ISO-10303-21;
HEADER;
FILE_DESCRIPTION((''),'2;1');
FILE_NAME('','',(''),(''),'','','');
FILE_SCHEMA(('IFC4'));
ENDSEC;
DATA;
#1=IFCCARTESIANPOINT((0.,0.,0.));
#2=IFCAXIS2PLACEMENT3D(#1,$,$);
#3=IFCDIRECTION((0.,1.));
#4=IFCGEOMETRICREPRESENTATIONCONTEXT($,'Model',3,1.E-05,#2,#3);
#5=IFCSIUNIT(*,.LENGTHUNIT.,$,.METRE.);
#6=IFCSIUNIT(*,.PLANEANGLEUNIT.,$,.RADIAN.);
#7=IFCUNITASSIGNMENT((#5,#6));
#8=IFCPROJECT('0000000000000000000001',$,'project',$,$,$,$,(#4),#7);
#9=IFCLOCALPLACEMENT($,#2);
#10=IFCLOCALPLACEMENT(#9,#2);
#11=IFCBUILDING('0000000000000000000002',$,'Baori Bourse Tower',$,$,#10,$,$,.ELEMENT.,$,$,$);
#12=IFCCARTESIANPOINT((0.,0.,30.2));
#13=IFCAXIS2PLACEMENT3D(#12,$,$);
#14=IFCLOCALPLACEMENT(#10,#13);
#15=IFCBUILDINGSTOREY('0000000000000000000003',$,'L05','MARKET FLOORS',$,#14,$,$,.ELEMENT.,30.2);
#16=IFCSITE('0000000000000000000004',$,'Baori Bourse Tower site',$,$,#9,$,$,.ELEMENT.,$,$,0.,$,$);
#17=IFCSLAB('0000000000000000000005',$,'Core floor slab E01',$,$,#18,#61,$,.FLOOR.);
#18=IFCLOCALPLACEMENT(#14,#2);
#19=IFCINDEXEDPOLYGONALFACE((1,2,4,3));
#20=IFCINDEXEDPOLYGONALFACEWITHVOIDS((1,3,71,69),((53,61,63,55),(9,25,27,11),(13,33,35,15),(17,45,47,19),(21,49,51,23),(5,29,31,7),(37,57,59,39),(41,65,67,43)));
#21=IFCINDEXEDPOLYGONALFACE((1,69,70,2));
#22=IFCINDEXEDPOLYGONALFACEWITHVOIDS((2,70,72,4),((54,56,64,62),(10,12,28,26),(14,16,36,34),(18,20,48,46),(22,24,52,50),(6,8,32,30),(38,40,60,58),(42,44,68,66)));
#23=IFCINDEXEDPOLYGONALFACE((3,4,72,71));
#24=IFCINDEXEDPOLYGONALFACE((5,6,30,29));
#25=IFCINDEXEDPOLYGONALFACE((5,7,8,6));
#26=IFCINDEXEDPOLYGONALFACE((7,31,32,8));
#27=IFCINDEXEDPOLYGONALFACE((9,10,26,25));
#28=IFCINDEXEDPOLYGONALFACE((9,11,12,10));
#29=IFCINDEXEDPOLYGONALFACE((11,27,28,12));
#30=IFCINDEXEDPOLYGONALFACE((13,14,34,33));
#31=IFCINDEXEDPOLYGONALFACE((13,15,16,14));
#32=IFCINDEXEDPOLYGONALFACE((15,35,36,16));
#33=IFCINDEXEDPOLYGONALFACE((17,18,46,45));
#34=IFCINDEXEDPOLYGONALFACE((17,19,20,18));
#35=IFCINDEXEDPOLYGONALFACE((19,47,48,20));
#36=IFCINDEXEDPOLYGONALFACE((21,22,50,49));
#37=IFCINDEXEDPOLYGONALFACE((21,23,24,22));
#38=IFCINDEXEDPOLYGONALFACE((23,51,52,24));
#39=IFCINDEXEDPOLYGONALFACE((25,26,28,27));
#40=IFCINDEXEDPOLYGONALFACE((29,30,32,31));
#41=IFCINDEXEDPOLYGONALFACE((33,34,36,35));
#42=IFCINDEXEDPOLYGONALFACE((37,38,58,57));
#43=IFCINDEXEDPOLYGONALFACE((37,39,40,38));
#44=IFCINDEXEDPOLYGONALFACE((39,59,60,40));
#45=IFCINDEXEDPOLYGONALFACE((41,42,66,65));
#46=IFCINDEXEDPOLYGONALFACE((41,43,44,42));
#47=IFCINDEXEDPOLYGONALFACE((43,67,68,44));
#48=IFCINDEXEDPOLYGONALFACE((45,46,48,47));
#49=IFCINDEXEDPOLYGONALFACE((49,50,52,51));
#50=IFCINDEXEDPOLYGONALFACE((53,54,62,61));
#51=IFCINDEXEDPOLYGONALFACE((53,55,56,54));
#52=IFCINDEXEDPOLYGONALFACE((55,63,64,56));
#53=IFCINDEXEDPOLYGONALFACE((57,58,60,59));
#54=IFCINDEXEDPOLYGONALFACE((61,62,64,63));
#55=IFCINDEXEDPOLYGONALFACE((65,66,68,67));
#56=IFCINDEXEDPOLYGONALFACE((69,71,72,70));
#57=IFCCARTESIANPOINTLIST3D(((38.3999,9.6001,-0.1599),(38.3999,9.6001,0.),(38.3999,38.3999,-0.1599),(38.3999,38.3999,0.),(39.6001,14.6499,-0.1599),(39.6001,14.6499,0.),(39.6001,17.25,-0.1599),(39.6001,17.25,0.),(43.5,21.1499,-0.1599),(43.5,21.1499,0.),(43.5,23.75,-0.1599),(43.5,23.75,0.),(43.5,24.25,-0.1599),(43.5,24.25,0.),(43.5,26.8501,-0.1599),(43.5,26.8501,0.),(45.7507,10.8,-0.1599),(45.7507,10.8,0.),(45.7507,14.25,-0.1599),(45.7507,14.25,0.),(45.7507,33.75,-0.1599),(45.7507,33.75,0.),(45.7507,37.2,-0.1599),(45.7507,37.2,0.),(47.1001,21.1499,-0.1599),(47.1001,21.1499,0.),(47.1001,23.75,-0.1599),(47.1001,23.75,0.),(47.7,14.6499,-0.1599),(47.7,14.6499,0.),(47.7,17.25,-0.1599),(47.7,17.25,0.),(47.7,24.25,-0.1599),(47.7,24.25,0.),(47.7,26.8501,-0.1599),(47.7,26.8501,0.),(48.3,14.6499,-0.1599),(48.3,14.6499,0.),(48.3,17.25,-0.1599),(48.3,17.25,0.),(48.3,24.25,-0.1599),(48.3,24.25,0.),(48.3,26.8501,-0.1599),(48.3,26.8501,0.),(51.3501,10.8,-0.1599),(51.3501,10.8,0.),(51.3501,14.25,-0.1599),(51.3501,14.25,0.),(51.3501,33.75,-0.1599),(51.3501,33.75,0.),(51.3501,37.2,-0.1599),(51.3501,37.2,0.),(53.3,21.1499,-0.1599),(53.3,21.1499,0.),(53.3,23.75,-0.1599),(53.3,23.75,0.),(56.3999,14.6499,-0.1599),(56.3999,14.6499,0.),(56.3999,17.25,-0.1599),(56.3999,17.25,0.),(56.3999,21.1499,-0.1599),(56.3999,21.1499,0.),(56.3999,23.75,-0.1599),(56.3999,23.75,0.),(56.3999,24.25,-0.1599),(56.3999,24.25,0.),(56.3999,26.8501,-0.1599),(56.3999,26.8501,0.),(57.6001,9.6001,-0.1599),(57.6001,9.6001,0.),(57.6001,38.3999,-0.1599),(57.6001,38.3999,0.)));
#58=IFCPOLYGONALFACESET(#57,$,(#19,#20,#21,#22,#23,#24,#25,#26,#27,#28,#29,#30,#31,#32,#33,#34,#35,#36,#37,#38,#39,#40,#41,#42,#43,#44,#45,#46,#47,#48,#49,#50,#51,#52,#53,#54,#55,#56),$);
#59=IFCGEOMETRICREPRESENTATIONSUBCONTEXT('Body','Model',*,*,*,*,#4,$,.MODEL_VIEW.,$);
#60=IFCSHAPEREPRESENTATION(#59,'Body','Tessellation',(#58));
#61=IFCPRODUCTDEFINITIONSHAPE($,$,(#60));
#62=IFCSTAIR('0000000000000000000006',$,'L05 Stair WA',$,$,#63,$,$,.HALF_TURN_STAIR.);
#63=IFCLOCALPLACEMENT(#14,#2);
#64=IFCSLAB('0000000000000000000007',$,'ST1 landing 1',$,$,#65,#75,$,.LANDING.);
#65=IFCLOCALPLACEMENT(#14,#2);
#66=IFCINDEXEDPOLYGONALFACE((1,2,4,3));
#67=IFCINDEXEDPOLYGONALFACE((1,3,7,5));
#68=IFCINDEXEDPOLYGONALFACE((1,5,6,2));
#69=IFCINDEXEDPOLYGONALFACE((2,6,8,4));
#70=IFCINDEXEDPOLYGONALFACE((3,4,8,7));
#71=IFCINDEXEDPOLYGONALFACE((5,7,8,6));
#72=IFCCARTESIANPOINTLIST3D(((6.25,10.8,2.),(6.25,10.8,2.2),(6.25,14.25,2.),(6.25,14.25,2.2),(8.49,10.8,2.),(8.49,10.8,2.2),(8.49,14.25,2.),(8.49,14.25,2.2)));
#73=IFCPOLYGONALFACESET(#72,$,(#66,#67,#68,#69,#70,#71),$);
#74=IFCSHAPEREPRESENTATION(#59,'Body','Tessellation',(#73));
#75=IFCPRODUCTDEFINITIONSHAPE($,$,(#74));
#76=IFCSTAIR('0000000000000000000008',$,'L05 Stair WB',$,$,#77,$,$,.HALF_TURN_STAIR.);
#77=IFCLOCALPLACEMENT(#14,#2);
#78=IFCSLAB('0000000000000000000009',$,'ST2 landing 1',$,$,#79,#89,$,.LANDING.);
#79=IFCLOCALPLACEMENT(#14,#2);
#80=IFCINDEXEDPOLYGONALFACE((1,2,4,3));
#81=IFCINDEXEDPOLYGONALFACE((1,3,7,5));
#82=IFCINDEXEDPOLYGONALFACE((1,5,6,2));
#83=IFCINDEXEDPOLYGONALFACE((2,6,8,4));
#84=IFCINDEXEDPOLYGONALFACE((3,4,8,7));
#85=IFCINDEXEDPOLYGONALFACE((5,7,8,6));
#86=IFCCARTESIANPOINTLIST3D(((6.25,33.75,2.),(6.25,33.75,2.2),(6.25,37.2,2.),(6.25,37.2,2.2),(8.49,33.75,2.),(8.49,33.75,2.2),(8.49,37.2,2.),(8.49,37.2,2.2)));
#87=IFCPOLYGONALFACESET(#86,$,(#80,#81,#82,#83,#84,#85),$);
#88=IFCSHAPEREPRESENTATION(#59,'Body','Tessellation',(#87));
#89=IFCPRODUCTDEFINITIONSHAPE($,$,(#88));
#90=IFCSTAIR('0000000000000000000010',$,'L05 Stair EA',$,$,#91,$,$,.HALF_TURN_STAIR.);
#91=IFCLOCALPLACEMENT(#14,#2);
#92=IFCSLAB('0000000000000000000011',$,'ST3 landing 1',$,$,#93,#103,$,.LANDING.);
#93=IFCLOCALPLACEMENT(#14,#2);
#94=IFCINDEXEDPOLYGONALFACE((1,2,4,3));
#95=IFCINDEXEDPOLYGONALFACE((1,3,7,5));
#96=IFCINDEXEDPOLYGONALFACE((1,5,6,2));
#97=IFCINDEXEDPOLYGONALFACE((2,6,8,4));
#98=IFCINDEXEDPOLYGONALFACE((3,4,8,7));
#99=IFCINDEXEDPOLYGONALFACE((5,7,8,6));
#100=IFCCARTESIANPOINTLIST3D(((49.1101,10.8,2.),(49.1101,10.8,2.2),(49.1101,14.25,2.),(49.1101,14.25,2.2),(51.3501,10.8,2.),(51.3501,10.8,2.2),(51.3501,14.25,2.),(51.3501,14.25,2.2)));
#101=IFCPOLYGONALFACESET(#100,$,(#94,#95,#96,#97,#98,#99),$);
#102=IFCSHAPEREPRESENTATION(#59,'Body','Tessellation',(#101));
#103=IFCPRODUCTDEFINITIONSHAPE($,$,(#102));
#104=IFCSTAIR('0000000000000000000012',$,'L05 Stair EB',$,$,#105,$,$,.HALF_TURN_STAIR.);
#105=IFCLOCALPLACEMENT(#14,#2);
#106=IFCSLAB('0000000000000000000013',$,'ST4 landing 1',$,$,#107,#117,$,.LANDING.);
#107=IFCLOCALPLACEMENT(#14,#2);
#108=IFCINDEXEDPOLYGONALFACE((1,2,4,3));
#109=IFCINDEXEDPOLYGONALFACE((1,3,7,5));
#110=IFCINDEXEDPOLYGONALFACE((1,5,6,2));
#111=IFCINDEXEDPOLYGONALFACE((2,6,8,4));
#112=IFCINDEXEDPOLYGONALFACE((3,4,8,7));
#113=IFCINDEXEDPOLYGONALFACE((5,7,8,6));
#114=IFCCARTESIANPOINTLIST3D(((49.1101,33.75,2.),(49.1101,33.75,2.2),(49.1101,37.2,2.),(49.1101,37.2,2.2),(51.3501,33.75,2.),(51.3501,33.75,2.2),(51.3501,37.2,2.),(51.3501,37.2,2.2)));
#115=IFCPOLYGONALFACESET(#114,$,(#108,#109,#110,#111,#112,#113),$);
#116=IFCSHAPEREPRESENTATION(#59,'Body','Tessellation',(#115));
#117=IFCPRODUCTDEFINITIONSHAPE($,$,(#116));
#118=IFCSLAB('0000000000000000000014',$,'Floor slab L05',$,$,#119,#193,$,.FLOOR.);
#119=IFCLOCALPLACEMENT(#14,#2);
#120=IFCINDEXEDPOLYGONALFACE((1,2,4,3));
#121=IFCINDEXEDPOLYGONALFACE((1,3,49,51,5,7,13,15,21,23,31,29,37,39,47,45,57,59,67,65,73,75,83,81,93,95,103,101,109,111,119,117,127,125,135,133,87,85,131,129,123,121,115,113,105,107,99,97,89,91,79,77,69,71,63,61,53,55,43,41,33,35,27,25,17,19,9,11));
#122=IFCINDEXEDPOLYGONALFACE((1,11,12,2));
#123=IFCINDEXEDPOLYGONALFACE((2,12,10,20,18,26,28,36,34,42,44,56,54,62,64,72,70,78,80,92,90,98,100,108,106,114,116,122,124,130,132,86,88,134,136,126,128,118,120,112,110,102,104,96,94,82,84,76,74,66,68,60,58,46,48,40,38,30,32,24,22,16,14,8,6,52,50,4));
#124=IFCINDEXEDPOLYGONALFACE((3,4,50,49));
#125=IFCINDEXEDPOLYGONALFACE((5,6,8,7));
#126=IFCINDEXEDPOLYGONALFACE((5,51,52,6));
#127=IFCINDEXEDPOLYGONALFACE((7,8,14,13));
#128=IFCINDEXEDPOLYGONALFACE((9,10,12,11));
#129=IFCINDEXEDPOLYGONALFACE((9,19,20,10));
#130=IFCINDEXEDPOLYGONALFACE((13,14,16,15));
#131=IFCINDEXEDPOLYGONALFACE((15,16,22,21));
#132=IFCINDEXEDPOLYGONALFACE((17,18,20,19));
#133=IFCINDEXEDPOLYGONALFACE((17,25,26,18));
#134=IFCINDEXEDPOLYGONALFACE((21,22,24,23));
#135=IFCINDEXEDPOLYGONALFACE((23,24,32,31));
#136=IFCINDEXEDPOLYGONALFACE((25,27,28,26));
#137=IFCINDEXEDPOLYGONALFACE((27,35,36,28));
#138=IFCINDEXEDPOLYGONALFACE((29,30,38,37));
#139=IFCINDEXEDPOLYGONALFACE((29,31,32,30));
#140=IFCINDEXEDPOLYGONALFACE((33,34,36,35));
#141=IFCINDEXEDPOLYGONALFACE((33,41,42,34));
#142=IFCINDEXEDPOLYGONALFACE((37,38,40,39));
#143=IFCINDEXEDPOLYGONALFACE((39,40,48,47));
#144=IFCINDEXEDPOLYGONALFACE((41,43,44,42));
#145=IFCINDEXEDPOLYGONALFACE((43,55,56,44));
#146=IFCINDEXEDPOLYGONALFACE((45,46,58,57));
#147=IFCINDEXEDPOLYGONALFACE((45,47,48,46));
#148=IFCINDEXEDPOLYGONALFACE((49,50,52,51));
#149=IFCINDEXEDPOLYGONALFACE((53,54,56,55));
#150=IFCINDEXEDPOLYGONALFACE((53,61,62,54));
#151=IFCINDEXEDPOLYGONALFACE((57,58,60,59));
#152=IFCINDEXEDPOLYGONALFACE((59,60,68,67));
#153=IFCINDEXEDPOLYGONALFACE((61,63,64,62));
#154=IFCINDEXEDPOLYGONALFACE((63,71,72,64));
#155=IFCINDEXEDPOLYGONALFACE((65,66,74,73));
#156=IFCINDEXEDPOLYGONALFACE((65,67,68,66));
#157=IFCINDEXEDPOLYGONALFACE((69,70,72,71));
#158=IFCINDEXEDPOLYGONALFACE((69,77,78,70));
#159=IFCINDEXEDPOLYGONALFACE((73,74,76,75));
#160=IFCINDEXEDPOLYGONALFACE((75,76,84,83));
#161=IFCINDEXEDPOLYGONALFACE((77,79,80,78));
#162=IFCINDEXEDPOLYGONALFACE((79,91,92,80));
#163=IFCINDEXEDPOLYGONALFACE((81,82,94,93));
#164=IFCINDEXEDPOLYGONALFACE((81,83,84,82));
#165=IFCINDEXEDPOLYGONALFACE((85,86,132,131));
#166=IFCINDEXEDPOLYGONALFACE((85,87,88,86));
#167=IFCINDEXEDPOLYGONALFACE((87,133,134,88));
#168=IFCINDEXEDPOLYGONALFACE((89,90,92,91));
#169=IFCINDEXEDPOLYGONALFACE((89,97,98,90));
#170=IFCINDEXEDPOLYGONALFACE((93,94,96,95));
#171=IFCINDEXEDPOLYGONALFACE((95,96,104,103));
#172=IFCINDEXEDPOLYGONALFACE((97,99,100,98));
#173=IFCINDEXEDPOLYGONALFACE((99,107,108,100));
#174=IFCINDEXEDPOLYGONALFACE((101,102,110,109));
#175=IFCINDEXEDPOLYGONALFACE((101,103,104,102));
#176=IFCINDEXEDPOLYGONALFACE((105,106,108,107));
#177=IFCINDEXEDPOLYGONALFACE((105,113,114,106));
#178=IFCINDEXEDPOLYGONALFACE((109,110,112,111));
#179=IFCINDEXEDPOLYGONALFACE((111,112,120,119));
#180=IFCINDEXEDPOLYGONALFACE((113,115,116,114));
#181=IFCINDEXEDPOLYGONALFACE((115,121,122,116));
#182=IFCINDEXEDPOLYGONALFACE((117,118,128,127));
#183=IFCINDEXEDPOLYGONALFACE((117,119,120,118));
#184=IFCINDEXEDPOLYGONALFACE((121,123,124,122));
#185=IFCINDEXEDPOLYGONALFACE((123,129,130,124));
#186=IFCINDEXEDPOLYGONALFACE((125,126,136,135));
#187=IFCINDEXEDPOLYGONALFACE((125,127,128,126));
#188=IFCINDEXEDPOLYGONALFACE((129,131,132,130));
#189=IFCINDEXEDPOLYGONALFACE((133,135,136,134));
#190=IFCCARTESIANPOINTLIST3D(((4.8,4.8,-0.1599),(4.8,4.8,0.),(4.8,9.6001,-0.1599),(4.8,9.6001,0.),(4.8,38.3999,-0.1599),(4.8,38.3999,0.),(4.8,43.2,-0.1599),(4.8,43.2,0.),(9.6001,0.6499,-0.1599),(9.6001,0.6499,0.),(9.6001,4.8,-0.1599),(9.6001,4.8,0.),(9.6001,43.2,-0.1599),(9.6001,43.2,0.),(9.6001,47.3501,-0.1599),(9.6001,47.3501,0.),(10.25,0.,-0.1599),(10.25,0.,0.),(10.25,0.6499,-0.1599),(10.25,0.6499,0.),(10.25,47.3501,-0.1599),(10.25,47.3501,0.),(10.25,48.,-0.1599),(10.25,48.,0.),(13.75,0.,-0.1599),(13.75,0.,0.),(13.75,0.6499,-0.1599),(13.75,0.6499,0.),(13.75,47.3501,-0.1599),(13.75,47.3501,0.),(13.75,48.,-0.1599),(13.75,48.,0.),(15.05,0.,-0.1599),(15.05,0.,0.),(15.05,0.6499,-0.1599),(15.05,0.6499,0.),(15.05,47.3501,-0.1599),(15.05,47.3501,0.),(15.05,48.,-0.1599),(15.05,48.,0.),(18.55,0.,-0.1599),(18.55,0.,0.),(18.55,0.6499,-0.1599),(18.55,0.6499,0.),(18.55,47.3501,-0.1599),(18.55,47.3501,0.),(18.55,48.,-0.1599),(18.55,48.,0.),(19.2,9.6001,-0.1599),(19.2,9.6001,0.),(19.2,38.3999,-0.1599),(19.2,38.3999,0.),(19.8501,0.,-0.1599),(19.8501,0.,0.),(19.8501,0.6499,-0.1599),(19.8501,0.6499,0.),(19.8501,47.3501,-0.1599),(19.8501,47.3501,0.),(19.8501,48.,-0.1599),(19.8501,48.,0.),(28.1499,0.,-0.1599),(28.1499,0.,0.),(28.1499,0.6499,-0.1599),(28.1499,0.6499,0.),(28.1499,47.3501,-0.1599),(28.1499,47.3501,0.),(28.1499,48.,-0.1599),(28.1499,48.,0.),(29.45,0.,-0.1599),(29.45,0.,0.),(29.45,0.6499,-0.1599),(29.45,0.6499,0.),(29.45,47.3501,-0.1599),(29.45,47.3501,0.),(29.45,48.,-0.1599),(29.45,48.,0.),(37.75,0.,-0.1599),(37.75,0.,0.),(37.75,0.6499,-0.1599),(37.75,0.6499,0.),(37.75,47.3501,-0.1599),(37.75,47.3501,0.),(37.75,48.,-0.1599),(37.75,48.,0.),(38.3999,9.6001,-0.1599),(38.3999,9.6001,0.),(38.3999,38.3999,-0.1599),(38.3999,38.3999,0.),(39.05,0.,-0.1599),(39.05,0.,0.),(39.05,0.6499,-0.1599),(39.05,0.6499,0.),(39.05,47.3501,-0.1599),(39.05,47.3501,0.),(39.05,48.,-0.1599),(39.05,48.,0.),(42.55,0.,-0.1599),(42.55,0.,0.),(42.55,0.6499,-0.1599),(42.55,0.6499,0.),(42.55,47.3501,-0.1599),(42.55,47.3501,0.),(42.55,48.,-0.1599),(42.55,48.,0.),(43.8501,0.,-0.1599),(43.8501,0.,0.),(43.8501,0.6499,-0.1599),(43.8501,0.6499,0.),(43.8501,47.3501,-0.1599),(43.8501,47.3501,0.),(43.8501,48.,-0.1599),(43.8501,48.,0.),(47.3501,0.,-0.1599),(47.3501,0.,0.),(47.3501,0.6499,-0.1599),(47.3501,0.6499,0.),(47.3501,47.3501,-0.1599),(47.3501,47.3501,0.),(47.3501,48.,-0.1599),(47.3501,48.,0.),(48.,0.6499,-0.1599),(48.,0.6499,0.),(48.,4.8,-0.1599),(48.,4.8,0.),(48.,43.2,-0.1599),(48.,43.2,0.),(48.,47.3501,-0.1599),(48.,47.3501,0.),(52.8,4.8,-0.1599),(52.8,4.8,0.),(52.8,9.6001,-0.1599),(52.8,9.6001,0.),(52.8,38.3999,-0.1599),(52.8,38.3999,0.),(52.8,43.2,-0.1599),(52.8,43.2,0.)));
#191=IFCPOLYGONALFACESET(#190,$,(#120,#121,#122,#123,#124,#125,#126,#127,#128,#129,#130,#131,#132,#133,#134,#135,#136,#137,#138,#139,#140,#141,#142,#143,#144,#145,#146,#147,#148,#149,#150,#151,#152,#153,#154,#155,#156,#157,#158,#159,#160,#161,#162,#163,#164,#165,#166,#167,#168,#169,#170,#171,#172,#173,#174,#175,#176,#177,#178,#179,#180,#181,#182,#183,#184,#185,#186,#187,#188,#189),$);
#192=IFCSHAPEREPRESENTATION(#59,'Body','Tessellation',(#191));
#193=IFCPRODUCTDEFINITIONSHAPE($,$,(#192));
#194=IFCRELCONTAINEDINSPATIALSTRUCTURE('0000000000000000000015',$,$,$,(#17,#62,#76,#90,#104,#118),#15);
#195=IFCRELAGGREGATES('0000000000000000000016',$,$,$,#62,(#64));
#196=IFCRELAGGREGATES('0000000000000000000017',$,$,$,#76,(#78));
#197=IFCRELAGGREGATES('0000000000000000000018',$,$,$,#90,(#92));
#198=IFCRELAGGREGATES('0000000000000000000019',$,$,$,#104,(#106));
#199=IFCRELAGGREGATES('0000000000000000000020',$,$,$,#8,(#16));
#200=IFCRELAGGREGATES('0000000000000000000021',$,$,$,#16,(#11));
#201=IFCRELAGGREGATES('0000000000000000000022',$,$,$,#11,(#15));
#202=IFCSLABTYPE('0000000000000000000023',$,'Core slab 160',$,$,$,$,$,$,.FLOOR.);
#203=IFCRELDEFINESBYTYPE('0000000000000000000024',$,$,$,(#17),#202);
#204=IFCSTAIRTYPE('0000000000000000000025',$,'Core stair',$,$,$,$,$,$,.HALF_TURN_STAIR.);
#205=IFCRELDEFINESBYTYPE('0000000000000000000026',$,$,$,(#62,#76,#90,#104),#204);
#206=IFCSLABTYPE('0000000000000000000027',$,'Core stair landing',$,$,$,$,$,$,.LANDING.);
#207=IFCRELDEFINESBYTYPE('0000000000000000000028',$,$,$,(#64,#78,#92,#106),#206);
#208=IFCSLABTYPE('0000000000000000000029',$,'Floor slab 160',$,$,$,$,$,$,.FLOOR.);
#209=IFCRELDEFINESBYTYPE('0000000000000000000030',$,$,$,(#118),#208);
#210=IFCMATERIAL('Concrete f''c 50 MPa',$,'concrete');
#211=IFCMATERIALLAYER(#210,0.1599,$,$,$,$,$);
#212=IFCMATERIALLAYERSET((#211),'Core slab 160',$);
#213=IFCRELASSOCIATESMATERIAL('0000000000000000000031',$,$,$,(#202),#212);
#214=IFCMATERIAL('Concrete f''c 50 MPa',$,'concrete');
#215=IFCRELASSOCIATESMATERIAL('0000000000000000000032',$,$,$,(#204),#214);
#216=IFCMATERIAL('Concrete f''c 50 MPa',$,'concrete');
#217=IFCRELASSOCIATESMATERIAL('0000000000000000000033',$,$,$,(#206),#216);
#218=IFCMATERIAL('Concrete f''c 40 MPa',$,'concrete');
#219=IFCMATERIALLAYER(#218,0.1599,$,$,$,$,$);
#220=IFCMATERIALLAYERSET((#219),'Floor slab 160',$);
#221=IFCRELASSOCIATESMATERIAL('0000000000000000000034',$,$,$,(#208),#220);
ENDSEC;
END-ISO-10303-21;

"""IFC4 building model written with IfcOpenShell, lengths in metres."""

from ifc_helpers import new_model, si_unit, direction, frame, origin, place, context, subcontext, project, spatial, polyline, outline, extrude, material, layer, layer_set, type_object, element, aggregate, save


model = new_model("IFC4")

# Units and contexts
model_context = context("Model", 3, precision=1e-05, world=origin(), true_north=direction((0.0, 1.0)))
body_context = subcontext(model_context, "Body", "Model", "MODEL_VIEW")
ifc_project = project(units=[si_unit("LENGTHUNIT", "METRE"), si_unit("PLANEANGLEUNIT", "RADIAN")], contexts=[model_context])

# Site, building, storey
site_placement = place(None, origin())
site = spatial("IfcSite", under=ifc_project, at=site_placement, Name="Baori Bourse Tower site", CompositionType="ELEMENT", RefElevation=0.0)
building_placement = place(site_placement, origin())
building = spatial("IfcBuilding", under=site, at=building_placement, Name="Baori Bourse Tower", CompositionType="ELEMENT")
storey_placement = place(building_placement, frame((0.0, 0.0, 30.2)))
storey = spatial("IfcBuildingStorey", under=building, at=storey_placement, Name="L05", Description="MARKET FLOORS", CompositionType="ELEMENT", Elevation=30.2)

# Slab
ifc_material_1 = material(Name="Concrete f'c 50 MPa", Category="concrete")
ifc_layer_1 = layer(ifc_material_1, 0.1599)
ifc_layer_set_1 = layer_set([ifc_layer_1], Name="Core slab 160")
slab_type_1 = type_object("IfcSlabType", Name="Core slab 160", PredefinedType="FLOOR", material=ifc_layer_set_1)
slab_1_placement = place(storey_placement, frame((0.0, 0.0, -0.1599)))
element("IfcSlab", 1, at=slab_1_placement, inside=storey, type_object=slab_type_1, Name="Core floor slab E01", PredefinedType="FLOOR", context=body_context, shape_type="SweptSolid", body=[
    extrude(outline(polyline([(38.3999, 9.6001), (57.6001, 9.6001), (57.6001, 38.3999), (38.3999, 38.3999), (38.3999, 9.6001)]), holes=[polyline([(48.3, 14.6499), (48.3, 17.25), (56.3999, 17.25), (56.3999, 14.6499), (48.3, 14.6499)]), polyline([(56.3999, 21.1499), (53.3, 21.1499), (53.3, 23.75), (56.3999, 23.75), (56.3999, 21.1499)]), polyline([(56.3999, 26.8501), (56.3999, 24.25), (48.3, 24.25), (48.3, 26.8501), (56.3999, 26.8501)]), polyline([(45.7507, 14.25), (51.3501, 14.25), (51.3501, 10.8), (45.7507, 10.8), (45.7507, 14.25)]), polyline([(51.3501, 37.2), (51.3501, 33.75), (45.7507, 33.75), (45.7507, 37.2), (51.3501, 37.2)]), polyline([(39.6001, 17.25), (47.7, 17.25), (47.7, 14.6499), (39.6001, 14.6499), (39.6001, 17.25)]), polyline([(43.5, 24.25), (43.5, 26.8501), (47.7, 26.8501), (47.7, 24.25), (43.5, 24.25)]), polyline([(43.5, 23.75), (47.1001, 23.75), (47.1001, 21.1499), (43.5, 21.1499), (43.5, 23.75)])]), origin(), (0.0, 0.0, 1.0), 0.1599),
])

# Stairs, slabs
ifc_material_2 = material(Name="Concrete f'c 50 MPa", Category="concrete")
stair_type = type_object("IfcStairType", Name="Core stair", PredefinedType="HALF_TURN_STAIR", material=ifc_material_2)
stair_1_placement = place(storey_placement, origin())
stair_1 = element("IfcStair", 2, at=stair_1_placement, inside=storey, type_object=stair_type, Name="L05 Stair WA", PredefinedType="HALF_TURN_STAIR")
ifc_material_3 = material(Name="Concrete f'c 50 MPa", Category="concrete")
slab_type_2 = type_object("IfcSlabType", Name="Core stair landing", PredefinedType="LANDING", material=ifc_material_3)
slab_2_placement = place(storey_placement, frame((0.0, 0.0, 2.0)))
slab_2 = element("IfcSlab", 3, at=slab_2_placement, type_object=slab_type_2, Name="ST1 landing 1", PredefinedType="LANDING", context=body_context, shape_type="SweptSolid", body=[
    extrude(outline(polyline([(8.49, 14.25), (6.25, 14.25), (6.25, 10.8), (8.49, 10.8), (8.49, 14.25)])), origin(), (0.0, 0.0, 1.0), 0.2),
])
aggregate(stair_1, [slab_2])
stair_2_placement = place(storey_placement, origin())
stair_2 = element("IfcStair", 4, at=stair_2_placement, inside=storey, type_object=stair_type, Name="L05 Stair WB", PredefinedType="HALF_TURN_STAIR")
slab_3_placement = place(storey_placement, frame((0.0, 0.0, 2.0)))
slab_3 = element("IfcSlab", 5, at=slab_3_placement, type_object=slab_type_2, Name="ST2 landing 1", PredefinedType="LANDING", context=body_context, shape_type="SweptSolid", body=[
    extrude(outline(polyline([(8.49, 37.2), (6.25, 37.2), (6.25, 33.75), (8.49, 33.75), (8.49, 37.2)])), origin(), (0.0, 0.0, 1.0), 0.2),
])
aggregate(stair_2, [slab_3])
stair_3_placement = place(storey_placement, origin())
stair_3 = element("IfcStair", 6, at=stair_3_placement, inside=storey, type_object=stair_type, Name="L05 Stair EA", PredefinedType="HALF_TURN_STAIR")
slab_4_placement = place(storey_placement, frame((0.0, 0.0, 2.0)))
slab_4 = element("IfcSlab", 7, at=slab_4_placement, type_object=slab_type_2, Name="ST3 landing 1", PredefinedType="LANDING", context=body_context, shape_type="SweptSolid", body=[
    extrude(outline(polyline([(49.1101, 10.8), (51.3501, 10.8), (51.3501, 14.25), (49.1101, 14.25), (49.1101, 10.8)])), origin(), (0.0, 0.0, 1.0), 0.2),
])
aggregate(stair_3, [slab_4])
stair_4_placement = place(storey_placement, origin())
stair_4 = element("IfcStair", 8, at=stair_4_placement, inside=storey, type_object=stair_type, Name="L05 Stair EB", PredefinedType="HALF_TURN_STAIR")
slab_5_placement = place(storey_placement, frame((0.0, 0.0, 2.0)))
slab_5 = element("IfcSlab", 9, at=slab_5_placement, type_object=slab_type_2, Name="ST4 landing 1", PredefinedType="LANDING", context=body_context, shape_type="SweptSolid", body=[
    extrude(outline(polyline([(49.1101, 33.75), (51.3501, 33.75), (51.3501, 37.2), (49.1101, 37.2), (49.1101, 33.75)])), origin(), (0.0, 0.0, 1.0), 0.2),
])
aggregate(stair_4, [slab_5])

# Slab
ifc_material_4 = material(Name="Concrete f'c 40 MPa", Category="concrete")
ifc_layer_2 = layer(ifc_material_4, 0.1599)
ifc_layer_set_2 = layer_set([ifc_layer_2], Name="Floor slab 160")
slab_type_3 = type_object("IfcSlabType", Name="Floor slab 160", PredefinedType="FLOOR", material=ifc_layer_set_2)
slab_6_placement = place(storey_placement, frame((0.0, 0.0, -0.1599)))
element("IfcSlab", 10, at=slab_6_placement, inside=storey, type_object=slab_type_3, Name="Floor slab L05", PredefinedType="FLOOR", context=body_context, shape_type="SweptSolid", body=[
    extrude(outline(polyline([(9.6001, 4.8), (4.8, 4.8), (4.8, 9.6001), (19.2, 9.6001), (19.2, 38.3999), (4.8, 38.3999), (4.8, 43.2), (9.6001, 43.2), (9.6001, 47.3501), (10.25, 47.3501), (10.25, 48.0), (13.75, 48.0), (13.75, 47.3501), (15.05, 47.3501), (15.05, 48.0), (18.55, 48.0), (18.55, 47.3501), (19.8501, 47.3501), (19.8501, 48.0), (28.1499, 48.0), (28.1499, 47.3501), (29.45, 47.3501), (29.45, 48.0), (37.75, 48.0), (37.75, 47.3501), (39.05, 47.3501), (39.05, 48.0), (42.55, 48.0), (42.55, 47.3501), (43.8501, 47.3501), (43.8501, 48.0), (47.3501, 48.0), (47.3501, 47.3501), (48.0, 47.3501), (48.0, 43.2), (52.8, 43.2), (52.8, 38.3999), (38.3999, 38.3999), (38.3999, 9.6001), (52.8, 9.6001), (52.8, 4.8), (48.0, 4.8), (48.0, 0.6499), (47.3501, 0.6499), (47.3501, 0.0), (43.8501, 0.0), (43.8501, 0.6499), (42.55, 0.6499), (42.55, 0.0), (39.05, 0.0), (39.05, 0.6499), (37.75, 0.6499), (37.75, 0.0), (29.45, 0.0), (29.45, 0.6499), (28.1499, 0.6499), (28.1499, 0.0), (19.8501, 0.0), (19.8501, 0.6499), (18.55, 0.6499), (18.55, 0.0), (15.05, 0.0), (15.05, 0.6499), (13.75, 0.6499), (13.75, 0.0), (10.25, 0.0), (10.25, 0.6499), (9.6001, 0.6499), (9.6001, 4.8)])), origin(), (0.0, 0.0, 1.0), 0.1599),
])

save(model, "model.ifc")
